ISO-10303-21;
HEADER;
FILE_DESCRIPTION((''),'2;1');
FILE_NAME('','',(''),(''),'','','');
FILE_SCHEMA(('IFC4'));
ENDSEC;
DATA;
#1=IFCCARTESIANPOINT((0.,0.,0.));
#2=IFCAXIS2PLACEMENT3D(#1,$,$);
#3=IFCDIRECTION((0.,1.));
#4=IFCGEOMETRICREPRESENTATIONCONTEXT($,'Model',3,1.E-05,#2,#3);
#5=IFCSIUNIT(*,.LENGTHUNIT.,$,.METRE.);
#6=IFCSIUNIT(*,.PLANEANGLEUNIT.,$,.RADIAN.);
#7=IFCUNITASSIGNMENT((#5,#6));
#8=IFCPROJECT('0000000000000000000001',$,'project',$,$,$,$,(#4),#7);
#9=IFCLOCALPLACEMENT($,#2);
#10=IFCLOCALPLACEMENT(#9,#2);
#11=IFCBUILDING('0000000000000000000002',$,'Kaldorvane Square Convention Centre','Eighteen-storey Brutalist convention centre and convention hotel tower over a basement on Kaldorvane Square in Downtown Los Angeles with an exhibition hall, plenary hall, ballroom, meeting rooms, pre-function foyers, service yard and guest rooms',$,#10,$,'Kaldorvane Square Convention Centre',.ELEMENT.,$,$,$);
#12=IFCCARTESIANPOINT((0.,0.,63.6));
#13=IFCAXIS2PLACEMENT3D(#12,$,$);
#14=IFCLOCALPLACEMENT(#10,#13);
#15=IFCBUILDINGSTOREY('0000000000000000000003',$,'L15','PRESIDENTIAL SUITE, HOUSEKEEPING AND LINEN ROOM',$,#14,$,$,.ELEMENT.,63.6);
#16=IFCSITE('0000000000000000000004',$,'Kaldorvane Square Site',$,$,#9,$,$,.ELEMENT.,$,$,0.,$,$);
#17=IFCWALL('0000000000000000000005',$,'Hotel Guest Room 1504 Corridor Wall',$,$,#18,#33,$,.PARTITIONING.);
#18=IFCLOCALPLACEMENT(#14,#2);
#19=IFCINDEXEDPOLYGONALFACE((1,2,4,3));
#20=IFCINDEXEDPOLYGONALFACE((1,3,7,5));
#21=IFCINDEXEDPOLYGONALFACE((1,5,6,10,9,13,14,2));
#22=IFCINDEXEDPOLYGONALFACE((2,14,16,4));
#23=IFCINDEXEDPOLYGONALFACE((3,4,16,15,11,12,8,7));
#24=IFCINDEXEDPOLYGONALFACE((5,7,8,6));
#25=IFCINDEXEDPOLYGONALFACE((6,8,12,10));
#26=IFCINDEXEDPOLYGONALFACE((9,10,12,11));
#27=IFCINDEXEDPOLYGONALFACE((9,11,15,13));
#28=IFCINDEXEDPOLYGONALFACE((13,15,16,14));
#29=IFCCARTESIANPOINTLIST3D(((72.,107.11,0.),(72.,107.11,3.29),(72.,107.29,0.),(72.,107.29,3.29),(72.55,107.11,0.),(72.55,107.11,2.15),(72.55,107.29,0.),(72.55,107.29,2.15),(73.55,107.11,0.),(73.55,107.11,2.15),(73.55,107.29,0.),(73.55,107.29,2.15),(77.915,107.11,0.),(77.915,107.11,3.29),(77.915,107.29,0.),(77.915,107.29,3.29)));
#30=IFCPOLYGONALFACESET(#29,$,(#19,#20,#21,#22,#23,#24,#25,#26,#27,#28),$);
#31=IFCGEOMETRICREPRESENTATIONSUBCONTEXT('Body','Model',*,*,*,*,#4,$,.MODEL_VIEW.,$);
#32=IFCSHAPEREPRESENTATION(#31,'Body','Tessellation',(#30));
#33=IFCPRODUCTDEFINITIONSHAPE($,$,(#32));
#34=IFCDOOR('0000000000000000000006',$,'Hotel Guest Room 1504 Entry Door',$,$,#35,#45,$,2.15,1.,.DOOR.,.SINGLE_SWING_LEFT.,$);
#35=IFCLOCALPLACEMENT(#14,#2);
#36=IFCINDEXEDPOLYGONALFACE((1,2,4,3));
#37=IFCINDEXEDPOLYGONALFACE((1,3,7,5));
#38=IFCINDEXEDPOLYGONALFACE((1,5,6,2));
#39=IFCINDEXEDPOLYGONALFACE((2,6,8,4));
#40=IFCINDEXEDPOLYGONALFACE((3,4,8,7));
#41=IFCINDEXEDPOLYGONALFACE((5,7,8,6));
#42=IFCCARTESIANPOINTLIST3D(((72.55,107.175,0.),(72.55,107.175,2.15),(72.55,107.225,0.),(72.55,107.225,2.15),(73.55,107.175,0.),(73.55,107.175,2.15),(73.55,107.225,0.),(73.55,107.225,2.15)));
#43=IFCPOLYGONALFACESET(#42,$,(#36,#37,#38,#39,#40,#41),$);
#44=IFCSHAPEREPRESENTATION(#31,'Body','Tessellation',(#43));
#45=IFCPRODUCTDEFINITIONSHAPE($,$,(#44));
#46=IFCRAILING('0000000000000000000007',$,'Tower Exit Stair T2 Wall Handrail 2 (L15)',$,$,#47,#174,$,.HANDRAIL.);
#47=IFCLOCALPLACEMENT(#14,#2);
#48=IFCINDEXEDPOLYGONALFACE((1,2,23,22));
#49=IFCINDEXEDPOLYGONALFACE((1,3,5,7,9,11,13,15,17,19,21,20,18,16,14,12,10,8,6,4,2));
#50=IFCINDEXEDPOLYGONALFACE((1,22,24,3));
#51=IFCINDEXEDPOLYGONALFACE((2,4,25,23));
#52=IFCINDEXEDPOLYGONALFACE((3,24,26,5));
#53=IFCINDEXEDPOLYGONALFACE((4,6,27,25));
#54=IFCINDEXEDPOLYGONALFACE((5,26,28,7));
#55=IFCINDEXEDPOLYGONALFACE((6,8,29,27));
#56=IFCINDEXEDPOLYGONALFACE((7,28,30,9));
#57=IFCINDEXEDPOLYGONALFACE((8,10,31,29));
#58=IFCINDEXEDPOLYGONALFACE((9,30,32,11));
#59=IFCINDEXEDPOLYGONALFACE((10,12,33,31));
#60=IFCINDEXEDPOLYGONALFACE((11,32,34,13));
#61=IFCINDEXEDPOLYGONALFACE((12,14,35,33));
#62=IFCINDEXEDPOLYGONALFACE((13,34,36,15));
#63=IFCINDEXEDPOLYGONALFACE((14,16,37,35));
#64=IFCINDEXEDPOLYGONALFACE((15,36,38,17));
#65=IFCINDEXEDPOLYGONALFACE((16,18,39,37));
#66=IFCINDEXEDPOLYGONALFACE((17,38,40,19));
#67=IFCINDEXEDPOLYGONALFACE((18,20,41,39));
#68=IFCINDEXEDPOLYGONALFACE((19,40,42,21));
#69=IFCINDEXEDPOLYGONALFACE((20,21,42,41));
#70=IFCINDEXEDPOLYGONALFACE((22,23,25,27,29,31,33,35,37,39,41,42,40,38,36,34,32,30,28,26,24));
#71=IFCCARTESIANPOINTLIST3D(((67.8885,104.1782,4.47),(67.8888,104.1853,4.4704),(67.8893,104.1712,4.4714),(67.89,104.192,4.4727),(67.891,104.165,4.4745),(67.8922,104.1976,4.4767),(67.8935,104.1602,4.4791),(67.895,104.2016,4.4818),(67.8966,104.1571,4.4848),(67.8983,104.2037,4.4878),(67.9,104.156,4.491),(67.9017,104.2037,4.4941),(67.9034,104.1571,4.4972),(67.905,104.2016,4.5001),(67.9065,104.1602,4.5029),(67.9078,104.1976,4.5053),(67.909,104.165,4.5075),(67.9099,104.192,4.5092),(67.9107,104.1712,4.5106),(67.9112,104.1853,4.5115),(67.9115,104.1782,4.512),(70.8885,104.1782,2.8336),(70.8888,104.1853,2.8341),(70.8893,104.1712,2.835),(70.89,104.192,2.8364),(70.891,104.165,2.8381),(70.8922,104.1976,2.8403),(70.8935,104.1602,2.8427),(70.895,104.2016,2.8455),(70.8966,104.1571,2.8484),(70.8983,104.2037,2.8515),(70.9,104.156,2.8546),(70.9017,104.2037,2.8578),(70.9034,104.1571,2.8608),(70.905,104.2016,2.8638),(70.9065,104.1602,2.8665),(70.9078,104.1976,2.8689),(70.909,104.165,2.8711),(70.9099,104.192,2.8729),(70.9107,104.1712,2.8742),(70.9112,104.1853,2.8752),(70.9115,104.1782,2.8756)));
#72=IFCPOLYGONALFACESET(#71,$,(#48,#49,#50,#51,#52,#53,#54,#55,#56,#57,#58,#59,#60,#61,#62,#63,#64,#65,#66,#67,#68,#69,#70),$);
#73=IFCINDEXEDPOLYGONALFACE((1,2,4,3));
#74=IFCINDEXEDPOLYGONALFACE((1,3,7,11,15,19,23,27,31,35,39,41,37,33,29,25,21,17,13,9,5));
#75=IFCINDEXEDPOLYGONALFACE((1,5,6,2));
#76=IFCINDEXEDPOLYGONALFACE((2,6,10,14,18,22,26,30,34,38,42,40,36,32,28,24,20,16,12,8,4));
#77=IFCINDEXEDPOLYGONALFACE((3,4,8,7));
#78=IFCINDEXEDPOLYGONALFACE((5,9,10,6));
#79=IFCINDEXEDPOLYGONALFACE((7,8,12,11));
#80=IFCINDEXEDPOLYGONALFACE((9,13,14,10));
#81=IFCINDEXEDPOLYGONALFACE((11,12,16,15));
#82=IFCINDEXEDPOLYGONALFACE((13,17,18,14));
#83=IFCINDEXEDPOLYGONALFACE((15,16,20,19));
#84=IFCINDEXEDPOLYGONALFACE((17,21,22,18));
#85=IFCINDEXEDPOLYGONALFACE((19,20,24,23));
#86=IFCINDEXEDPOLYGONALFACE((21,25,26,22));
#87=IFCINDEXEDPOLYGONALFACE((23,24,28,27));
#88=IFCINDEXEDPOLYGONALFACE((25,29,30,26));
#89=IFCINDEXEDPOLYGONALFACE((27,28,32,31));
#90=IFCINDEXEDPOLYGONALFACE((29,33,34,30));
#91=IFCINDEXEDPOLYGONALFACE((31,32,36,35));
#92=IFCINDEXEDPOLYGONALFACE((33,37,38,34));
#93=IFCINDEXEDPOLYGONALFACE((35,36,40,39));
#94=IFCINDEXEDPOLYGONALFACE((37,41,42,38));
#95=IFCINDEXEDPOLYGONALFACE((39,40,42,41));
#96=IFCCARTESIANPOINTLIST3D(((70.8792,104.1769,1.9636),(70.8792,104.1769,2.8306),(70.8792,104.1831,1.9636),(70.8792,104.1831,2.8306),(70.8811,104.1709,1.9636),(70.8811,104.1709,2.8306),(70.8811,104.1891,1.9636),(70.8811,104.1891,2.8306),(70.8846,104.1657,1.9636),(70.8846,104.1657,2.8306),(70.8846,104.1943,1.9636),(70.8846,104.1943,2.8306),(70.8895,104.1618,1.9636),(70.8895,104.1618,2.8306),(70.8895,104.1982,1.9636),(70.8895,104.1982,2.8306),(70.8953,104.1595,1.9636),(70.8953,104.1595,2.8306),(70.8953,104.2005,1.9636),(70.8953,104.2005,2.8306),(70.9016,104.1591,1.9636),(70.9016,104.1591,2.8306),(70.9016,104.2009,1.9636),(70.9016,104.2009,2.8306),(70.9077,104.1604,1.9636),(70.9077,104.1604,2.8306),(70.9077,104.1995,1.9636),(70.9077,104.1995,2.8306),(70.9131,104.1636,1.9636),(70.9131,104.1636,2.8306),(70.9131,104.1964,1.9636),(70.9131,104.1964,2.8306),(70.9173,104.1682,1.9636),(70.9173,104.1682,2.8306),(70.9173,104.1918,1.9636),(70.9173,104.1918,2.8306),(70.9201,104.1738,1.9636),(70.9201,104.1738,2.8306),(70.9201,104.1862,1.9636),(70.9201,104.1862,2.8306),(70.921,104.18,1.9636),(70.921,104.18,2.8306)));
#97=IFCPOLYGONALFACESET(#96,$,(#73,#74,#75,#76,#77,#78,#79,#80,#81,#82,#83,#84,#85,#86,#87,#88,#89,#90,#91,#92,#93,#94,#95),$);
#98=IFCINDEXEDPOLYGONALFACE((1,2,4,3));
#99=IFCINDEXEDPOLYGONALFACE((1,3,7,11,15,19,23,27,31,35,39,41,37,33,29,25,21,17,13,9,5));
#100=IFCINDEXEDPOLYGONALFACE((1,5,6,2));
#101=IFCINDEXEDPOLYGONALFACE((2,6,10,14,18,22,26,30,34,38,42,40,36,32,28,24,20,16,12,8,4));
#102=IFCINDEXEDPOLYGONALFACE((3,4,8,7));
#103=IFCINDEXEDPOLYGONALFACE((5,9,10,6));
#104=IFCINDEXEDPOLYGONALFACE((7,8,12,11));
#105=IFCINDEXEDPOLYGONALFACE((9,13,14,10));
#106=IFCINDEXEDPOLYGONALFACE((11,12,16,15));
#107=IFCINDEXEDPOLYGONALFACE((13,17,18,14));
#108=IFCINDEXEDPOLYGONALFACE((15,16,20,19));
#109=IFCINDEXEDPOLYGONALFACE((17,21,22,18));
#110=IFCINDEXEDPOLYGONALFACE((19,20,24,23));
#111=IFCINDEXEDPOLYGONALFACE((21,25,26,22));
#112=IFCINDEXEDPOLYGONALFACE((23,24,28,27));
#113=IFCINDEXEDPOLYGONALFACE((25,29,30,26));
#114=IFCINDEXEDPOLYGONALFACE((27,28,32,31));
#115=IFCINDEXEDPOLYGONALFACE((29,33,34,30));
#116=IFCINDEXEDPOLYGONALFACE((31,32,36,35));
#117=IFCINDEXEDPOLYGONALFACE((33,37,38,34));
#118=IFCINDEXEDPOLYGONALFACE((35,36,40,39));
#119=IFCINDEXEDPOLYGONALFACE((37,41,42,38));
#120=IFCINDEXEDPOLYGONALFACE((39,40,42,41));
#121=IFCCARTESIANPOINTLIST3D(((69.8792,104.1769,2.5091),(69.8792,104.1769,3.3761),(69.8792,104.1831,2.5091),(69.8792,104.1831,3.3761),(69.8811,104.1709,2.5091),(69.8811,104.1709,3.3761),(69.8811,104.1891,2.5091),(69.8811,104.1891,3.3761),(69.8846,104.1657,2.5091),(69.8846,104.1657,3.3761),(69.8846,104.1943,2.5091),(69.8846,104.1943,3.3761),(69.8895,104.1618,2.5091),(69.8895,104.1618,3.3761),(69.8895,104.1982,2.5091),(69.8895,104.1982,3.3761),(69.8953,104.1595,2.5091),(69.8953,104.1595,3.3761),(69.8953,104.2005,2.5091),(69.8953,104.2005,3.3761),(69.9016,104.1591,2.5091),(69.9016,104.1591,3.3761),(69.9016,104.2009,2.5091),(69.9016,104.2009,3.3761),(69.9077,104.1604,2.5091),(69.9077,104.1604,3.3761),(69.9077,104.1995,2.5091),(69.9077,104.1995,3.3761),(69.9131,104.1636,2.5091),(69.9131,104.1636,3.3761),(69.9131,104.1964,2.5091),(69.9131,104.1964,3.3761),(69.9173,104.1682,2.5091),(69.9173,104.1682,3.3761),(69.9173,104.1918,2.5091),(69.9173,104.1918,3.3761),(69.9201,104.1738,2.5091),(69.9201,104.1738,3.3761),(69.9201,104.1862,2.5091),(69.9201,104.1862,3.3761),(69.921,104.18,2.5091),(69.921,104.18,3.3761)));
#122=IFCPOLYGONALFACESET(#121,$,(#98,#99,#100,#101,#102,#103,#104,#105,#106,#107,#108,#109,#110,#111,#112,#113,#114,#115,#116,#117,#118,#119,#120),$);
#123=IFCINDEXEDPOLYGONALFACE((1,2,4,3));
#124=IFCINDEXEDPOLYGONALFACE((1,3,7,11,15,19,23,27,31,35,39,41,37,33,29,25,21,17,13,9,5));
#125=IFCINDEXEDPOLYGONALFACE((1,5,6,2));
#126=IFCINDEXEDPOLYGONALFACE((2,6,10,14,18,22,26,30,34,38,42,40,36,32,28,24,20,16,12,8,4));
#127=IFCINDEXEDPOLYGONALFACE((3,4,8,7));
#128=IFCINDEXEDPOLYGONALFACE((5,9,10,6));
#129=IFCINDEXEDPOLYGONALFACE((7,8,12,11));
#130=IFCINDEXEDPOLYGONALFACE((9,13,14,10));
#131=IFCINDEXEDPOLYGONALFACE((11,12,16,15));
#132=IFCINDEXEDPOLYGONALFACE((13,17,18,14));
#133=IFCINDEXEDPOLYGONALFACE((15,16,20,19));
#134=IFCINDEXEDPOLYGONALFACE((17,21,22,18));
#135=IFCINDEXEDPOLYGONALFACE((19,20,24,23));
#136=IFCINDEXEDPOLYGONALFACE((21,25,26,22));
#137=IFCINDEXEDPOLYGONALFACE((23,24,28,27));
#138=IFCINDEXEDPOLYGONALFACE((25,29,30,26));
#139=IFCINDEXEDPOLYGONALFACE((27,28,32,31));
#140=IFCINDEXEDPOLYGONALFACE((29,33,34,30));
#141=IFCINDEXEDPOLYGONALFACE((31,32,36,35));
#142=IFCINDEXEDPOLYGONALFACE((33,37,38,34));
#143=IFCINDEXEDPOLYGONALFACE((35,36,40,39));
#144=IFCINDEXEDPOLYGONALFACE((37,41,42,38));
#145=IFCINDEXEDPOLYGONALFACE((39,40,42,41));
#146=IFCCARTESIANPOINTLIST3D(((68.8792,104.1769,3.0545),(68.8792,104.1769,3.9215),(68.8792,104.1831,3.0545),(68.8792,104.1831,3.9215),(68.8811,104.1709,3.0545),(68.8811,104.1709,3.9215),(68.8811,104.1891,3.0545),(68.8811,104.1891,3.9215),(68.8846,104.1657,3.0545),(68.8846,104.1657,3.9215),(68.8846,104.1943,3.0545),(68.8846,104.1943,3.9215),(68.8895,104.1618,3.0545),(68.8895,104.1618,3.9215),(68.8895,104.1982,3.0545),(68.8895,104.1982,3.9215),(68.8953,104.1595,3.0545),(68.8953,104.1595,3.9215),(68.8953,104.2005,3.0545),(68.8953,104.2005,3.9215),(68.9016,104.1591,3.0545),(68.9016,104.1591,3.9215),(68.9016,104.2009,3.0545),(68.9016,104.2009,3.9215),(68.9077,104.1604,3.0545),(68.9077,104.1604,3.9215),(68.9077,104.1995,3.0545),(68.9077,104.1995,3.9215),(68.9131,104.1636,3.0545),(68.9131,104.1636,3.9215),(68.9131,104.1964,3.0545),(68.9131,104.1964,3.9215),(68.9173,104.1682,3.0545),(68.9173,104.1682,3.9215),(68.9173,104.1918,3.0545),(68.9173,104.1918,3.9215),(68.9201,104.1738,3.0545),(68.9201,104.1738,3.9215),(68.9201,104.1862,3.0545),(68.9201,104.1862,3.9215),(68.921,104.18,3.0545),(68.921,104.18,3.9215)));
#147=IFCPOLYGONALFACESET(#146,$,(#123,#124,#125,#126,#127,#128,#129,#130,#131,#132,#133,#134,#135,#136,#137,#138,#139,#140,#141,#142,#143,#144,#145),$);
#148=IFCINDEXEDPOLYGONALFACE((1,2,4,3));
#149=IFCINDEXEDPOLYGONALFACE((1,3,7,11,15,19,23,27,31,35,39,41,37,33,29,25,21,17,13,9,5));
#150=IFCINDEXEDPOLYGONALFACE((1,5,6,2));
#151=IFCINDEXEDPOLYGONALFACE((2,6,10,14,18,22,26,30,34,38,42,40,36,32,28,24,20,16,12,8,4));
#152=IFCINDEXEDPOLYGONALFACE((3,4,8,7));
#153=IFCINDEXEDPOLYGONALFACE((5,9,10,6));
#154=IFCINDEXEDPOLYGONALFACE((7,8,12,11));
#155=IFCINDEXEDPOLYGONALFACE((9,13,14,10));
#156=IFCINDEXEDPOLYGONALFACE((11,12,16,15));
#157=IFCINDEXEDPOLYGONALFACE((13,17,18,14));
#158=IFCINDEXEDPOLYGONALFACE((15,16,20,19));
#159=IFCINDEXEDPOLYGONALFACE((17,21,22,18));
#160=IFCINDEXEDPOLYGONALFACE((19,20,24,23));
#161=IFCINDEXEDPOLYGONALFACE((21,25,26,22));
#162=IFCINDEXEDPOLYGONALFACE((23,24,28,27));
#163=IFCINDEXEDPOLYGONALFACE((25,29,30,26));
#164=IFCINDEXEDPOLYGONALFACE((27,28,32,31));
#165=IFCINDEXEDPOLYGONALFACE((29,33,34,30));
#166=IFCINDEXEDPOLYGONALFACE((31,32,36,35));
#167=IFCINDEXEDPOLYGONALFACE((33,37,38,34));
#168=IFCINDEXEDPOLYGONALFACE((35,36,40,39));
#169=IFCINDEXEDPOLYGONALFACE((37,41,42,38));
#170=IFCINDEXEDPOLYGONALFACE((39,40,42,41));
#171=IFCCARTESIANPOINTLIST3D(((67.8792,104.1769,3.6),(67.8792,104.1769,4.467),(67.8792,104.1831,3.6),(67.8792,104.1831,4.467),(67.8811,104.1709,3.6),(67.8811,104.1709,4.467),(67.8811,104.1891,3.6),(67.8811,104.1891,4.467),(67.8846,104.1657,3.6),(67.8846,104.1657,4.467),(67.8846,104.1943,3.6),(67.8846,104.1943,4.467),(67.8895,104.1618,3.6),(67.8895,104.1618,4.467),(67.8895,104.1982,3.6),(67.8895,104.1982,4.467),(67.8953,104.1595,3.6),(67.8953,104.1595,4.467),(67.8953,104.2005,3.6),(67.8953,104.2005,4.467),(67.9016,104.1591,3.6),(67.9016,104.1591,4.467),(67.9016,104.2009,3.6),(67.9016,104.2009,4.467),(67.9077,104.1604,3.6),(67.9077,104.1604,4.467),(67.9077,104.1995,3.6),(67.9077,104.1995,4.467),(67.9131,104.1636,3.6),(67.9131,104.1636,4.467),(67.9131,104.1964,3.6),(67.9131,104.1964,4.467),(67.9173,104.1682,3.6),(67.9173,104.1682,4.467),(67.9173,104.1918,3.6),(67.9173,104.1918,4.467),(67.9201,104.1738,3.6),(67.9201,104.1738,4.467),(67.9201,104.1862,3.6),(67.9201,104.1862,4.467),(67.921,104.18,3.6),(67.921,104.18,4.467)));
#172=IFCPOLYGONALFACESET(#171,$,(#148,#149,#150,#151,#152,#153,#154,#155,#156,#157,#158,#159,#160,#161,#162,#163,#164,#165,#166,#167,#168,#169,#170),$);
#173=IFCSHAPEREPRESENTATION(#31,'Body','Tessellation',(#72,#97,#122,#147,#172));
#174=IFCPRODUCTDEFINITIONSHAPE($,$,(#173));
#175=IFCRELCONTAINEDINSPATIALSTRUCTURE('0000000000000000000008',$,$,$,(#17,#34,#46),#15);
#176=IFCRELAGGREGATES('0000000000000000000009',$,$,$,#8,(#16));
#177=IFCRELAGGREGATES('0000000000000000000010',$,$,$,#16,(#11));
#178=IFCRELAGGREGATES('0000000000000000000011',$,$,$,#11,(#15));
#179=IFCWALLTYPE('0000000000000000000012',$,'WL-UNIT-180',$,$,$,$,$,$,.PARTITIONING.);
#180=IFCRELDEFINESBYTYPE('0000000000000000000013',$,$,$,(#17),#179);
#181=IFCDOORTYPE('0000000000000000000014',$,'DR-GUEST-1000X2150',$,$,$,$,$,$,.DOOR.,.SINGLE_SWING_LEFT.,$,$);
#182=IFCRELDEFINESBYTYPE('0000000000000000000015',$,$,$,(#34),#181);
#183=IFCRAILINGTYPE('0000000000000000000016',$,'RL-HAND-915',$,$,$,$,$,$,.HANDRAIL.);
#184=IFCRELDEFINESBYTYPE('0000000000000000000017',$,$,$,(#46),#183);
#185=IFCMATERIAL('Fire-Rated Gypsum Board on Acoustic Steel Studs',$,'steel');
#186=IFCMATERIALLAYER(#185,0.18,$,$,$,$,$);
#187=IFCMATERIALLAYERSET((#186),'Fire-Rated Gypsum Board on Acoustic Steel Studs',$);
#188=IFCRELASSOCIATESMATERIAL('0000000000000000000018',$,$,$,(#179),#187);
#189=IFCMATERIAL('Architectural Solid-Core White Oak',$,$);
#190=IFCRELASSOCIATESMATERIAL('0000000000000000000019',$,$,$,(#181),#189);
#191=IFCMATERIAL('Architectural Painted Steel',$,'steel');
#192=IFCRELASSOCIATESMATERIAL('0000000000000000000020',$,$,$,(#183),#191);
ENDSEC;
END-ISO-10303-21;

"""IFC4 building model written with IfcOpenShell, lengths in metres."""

from ifc_helpers import new_model, si_unit, direction, frame, frame_2d, origin, origin_2d, place, context, subcontext, project, spatial, rectangle, circle, extrude, material, layer, layer_set, type_object, element, fill, save


model = new_model("IFC4")

# Units and contexts
model_context = context("Model", 3, precision=1e-05, world=origin(), true_north=direction((0.0, 1.0)))
body_context = subcontext(model_context, "Body", "Model", "MODEL_VIEW")
ifc_project = project(units=[si_unit("LENGTHUNIT", "METRE"), si_unit("PLANEANGLEUNIT", "RADIAN")], contexts=[model_context])

# Site, building, storey
site_placement = place(None, origin())
site = spatial("IfcSite", under=ifc_project, at=site_placement, Name="Kaldorvane Square Site", CompositionType="ELEMENT", RefElevation=0.0)
building_placement = place(site_placement, origin())
building = spatial("IfcBuilding", under=site, at=building_placement, Name="Kaldorvane Square Convention Centre", Description="Eighteen-storey Brutalist convention centre and convention hotel tower over a basement on Kaldorvane Square in Downtown Los Angeles with an exhibition hall, plenary hall, ballroom, meeting rooms, pre-function foyers, service yard and guest rooms", LongName="Kaldorvane Square Convention Centre", CompositionType="ELEMENT")
storey_placement = place(building_placement, frame((0.0, 0.0, 63.6)))
storey = spatial("IfcBuildingStorey", under=building, at=storey_placement, Name="L15", Description="PRESIDENTIAL SUITE, HOUSEKEEPING AND LINEN ROOM", CompositionType="ELEMENT", Elevation=63.6)

# Shared definitions
ifc_material_1 = material(Name="Fire-Rated Gypsum Board on Acoustic Steel Studs", Category="steel")
ifc_material_2 = material(Name="Architectural Solid-Core White Oak")

# Shared definitions
ifc_layer_1 = layer(ifc_material_1, 0.18)
ifc_layer_set_1 = layer_set([ifc_layer_1], Name="Fire-Rated Gypsum Board on Acoustic Steel Studs")
wall_type_1 = type_object("IfcWallType", Name="WL-UNIT-180", PredefinedType="PARTITIONING", material=ifc_layer_set_1)

# Wall, opening, door
wall_1_placement = place(storey_placement, frame((72.0, 107.2, 0.0), z_axis=(0.0, 0.0, 1.0), x_axis=(1.0, 0.0, 0.0)))
wall_1 = element("IfcWall", 1, at=wall_1_placement, inside=storey, type_object=wall_type_1, Name="Hotel Guest Room 1504 Corridor Wall", PredefinedType="PARTITIONING", context=body_context, shape_type="SweptSolid", body=[
    extrude(rectangle(XDim=5.915, YDim=0.18, at=frame_2d((2.9575, 0.0))), origin(), (0.0, 0.0, 1.0), 3.29),
])
opening_1_placement = place(wall_1_placement, frame((0.55, 0.0, 0.0)))
opening_1 = element("IfcOpeningElement", 2, at=opening_1_placement, cuts=wall_1, PredefinedType="OPENING", context=body_context, shape_type="SweptSolid", body=[
    extrude(rectangle(XDim=1.0, YDim=2.15, at=frame_2d((0.5, 1.075))), frame((0.0, 0.105, 0.0), z_axis=(0.0, -1.0, 0.0), x_axis=(1.0, 0.0, 0.0)), (0.0, 0.0, 1.0), 0.21),
])
door_type_1 = type_object("IfcDoorType", Name="DR-GUEST-1000X2150", OperationType="SINGLE_SWING_LEFT", PredefinedType="DOOR", material=ifc_material_2)
door_1_placement = place(opening_1_placement, origin())
door_1 = element("IfcDoor", 3, at=door_1_placement, inside=storey, type_object=door_type_1, Name="Hotel Guest Room 1504 Entry Door", OperationType="SINGLE_SWING_LEFT", OverallHeight=2.15, OverallWidth=1.0, PredefinedType="DOOR", context=body_context, shape_type="SweptSolid", body=[
    extrude(rectangle(XDim=1.0, YDim=2.15, at=frame_2d((0.5, 1.075))), frame((0.0, 0.025, 0.0), z_axis=(0.0, -1.0, 0.0), x_axis=(1.0, 0.0, 0.0)), (0.0, 0.0, 1.0), 0.05),
])
fill(opening_1, door_1)

# Railing
ifc_material_3 = material(Name="Architectural Painted Steel", Category="steel")
railing_type = type_object("IfcRailingType", Name="RL-HAND-915", PredefinedType="HANDRAIL", material=ifc_material_3)
railing_placement = place(storey_placement, frame((70.9, 104.18, 1.9636)))
element("IfcRailing", 4, at=railing_placement, inside=storey, type_object=railing_type, Name="Tower Exit Stair T2 Wall Handrail 2 (L15)", PredefinedType="HANDRAIL", context=body_context, shape_type="SweptSolid", body=[
    extrude(circle(Radius=0.024, at=origin_2d()), frame((0.0, 0.0, 0.891), z_axis=(-0.877895, 0.0, 0.478853), x_axis=(0.0, -1.0, 0.0)), (0.0, 0.0, 1.0), 3.4173),
    extrude(circle(Radius=0.021, at=origin_2d()), origin(), (0.0, 0.0, 1.0), 0.867),
    extrude(circle(Radius=0.021, at=origin_2d()), frame((-1.0, 0.0, 0.5455)), (0.0, 0.0, 1.0), 0.867),
    extrude(circle(Radius=0.021, at=origin_2d()), frame((-2.0, 0.0, 1.0909)), (0.0, 0.0, 1.0), 0.867),
    extrude(circle(Radius=0.021, at=origin_2d()), frame((-3.0, 0.0, 1.6364)), (0.0, 0.0, 1.0), 0.867),
])

save(model, "model.ifc")
